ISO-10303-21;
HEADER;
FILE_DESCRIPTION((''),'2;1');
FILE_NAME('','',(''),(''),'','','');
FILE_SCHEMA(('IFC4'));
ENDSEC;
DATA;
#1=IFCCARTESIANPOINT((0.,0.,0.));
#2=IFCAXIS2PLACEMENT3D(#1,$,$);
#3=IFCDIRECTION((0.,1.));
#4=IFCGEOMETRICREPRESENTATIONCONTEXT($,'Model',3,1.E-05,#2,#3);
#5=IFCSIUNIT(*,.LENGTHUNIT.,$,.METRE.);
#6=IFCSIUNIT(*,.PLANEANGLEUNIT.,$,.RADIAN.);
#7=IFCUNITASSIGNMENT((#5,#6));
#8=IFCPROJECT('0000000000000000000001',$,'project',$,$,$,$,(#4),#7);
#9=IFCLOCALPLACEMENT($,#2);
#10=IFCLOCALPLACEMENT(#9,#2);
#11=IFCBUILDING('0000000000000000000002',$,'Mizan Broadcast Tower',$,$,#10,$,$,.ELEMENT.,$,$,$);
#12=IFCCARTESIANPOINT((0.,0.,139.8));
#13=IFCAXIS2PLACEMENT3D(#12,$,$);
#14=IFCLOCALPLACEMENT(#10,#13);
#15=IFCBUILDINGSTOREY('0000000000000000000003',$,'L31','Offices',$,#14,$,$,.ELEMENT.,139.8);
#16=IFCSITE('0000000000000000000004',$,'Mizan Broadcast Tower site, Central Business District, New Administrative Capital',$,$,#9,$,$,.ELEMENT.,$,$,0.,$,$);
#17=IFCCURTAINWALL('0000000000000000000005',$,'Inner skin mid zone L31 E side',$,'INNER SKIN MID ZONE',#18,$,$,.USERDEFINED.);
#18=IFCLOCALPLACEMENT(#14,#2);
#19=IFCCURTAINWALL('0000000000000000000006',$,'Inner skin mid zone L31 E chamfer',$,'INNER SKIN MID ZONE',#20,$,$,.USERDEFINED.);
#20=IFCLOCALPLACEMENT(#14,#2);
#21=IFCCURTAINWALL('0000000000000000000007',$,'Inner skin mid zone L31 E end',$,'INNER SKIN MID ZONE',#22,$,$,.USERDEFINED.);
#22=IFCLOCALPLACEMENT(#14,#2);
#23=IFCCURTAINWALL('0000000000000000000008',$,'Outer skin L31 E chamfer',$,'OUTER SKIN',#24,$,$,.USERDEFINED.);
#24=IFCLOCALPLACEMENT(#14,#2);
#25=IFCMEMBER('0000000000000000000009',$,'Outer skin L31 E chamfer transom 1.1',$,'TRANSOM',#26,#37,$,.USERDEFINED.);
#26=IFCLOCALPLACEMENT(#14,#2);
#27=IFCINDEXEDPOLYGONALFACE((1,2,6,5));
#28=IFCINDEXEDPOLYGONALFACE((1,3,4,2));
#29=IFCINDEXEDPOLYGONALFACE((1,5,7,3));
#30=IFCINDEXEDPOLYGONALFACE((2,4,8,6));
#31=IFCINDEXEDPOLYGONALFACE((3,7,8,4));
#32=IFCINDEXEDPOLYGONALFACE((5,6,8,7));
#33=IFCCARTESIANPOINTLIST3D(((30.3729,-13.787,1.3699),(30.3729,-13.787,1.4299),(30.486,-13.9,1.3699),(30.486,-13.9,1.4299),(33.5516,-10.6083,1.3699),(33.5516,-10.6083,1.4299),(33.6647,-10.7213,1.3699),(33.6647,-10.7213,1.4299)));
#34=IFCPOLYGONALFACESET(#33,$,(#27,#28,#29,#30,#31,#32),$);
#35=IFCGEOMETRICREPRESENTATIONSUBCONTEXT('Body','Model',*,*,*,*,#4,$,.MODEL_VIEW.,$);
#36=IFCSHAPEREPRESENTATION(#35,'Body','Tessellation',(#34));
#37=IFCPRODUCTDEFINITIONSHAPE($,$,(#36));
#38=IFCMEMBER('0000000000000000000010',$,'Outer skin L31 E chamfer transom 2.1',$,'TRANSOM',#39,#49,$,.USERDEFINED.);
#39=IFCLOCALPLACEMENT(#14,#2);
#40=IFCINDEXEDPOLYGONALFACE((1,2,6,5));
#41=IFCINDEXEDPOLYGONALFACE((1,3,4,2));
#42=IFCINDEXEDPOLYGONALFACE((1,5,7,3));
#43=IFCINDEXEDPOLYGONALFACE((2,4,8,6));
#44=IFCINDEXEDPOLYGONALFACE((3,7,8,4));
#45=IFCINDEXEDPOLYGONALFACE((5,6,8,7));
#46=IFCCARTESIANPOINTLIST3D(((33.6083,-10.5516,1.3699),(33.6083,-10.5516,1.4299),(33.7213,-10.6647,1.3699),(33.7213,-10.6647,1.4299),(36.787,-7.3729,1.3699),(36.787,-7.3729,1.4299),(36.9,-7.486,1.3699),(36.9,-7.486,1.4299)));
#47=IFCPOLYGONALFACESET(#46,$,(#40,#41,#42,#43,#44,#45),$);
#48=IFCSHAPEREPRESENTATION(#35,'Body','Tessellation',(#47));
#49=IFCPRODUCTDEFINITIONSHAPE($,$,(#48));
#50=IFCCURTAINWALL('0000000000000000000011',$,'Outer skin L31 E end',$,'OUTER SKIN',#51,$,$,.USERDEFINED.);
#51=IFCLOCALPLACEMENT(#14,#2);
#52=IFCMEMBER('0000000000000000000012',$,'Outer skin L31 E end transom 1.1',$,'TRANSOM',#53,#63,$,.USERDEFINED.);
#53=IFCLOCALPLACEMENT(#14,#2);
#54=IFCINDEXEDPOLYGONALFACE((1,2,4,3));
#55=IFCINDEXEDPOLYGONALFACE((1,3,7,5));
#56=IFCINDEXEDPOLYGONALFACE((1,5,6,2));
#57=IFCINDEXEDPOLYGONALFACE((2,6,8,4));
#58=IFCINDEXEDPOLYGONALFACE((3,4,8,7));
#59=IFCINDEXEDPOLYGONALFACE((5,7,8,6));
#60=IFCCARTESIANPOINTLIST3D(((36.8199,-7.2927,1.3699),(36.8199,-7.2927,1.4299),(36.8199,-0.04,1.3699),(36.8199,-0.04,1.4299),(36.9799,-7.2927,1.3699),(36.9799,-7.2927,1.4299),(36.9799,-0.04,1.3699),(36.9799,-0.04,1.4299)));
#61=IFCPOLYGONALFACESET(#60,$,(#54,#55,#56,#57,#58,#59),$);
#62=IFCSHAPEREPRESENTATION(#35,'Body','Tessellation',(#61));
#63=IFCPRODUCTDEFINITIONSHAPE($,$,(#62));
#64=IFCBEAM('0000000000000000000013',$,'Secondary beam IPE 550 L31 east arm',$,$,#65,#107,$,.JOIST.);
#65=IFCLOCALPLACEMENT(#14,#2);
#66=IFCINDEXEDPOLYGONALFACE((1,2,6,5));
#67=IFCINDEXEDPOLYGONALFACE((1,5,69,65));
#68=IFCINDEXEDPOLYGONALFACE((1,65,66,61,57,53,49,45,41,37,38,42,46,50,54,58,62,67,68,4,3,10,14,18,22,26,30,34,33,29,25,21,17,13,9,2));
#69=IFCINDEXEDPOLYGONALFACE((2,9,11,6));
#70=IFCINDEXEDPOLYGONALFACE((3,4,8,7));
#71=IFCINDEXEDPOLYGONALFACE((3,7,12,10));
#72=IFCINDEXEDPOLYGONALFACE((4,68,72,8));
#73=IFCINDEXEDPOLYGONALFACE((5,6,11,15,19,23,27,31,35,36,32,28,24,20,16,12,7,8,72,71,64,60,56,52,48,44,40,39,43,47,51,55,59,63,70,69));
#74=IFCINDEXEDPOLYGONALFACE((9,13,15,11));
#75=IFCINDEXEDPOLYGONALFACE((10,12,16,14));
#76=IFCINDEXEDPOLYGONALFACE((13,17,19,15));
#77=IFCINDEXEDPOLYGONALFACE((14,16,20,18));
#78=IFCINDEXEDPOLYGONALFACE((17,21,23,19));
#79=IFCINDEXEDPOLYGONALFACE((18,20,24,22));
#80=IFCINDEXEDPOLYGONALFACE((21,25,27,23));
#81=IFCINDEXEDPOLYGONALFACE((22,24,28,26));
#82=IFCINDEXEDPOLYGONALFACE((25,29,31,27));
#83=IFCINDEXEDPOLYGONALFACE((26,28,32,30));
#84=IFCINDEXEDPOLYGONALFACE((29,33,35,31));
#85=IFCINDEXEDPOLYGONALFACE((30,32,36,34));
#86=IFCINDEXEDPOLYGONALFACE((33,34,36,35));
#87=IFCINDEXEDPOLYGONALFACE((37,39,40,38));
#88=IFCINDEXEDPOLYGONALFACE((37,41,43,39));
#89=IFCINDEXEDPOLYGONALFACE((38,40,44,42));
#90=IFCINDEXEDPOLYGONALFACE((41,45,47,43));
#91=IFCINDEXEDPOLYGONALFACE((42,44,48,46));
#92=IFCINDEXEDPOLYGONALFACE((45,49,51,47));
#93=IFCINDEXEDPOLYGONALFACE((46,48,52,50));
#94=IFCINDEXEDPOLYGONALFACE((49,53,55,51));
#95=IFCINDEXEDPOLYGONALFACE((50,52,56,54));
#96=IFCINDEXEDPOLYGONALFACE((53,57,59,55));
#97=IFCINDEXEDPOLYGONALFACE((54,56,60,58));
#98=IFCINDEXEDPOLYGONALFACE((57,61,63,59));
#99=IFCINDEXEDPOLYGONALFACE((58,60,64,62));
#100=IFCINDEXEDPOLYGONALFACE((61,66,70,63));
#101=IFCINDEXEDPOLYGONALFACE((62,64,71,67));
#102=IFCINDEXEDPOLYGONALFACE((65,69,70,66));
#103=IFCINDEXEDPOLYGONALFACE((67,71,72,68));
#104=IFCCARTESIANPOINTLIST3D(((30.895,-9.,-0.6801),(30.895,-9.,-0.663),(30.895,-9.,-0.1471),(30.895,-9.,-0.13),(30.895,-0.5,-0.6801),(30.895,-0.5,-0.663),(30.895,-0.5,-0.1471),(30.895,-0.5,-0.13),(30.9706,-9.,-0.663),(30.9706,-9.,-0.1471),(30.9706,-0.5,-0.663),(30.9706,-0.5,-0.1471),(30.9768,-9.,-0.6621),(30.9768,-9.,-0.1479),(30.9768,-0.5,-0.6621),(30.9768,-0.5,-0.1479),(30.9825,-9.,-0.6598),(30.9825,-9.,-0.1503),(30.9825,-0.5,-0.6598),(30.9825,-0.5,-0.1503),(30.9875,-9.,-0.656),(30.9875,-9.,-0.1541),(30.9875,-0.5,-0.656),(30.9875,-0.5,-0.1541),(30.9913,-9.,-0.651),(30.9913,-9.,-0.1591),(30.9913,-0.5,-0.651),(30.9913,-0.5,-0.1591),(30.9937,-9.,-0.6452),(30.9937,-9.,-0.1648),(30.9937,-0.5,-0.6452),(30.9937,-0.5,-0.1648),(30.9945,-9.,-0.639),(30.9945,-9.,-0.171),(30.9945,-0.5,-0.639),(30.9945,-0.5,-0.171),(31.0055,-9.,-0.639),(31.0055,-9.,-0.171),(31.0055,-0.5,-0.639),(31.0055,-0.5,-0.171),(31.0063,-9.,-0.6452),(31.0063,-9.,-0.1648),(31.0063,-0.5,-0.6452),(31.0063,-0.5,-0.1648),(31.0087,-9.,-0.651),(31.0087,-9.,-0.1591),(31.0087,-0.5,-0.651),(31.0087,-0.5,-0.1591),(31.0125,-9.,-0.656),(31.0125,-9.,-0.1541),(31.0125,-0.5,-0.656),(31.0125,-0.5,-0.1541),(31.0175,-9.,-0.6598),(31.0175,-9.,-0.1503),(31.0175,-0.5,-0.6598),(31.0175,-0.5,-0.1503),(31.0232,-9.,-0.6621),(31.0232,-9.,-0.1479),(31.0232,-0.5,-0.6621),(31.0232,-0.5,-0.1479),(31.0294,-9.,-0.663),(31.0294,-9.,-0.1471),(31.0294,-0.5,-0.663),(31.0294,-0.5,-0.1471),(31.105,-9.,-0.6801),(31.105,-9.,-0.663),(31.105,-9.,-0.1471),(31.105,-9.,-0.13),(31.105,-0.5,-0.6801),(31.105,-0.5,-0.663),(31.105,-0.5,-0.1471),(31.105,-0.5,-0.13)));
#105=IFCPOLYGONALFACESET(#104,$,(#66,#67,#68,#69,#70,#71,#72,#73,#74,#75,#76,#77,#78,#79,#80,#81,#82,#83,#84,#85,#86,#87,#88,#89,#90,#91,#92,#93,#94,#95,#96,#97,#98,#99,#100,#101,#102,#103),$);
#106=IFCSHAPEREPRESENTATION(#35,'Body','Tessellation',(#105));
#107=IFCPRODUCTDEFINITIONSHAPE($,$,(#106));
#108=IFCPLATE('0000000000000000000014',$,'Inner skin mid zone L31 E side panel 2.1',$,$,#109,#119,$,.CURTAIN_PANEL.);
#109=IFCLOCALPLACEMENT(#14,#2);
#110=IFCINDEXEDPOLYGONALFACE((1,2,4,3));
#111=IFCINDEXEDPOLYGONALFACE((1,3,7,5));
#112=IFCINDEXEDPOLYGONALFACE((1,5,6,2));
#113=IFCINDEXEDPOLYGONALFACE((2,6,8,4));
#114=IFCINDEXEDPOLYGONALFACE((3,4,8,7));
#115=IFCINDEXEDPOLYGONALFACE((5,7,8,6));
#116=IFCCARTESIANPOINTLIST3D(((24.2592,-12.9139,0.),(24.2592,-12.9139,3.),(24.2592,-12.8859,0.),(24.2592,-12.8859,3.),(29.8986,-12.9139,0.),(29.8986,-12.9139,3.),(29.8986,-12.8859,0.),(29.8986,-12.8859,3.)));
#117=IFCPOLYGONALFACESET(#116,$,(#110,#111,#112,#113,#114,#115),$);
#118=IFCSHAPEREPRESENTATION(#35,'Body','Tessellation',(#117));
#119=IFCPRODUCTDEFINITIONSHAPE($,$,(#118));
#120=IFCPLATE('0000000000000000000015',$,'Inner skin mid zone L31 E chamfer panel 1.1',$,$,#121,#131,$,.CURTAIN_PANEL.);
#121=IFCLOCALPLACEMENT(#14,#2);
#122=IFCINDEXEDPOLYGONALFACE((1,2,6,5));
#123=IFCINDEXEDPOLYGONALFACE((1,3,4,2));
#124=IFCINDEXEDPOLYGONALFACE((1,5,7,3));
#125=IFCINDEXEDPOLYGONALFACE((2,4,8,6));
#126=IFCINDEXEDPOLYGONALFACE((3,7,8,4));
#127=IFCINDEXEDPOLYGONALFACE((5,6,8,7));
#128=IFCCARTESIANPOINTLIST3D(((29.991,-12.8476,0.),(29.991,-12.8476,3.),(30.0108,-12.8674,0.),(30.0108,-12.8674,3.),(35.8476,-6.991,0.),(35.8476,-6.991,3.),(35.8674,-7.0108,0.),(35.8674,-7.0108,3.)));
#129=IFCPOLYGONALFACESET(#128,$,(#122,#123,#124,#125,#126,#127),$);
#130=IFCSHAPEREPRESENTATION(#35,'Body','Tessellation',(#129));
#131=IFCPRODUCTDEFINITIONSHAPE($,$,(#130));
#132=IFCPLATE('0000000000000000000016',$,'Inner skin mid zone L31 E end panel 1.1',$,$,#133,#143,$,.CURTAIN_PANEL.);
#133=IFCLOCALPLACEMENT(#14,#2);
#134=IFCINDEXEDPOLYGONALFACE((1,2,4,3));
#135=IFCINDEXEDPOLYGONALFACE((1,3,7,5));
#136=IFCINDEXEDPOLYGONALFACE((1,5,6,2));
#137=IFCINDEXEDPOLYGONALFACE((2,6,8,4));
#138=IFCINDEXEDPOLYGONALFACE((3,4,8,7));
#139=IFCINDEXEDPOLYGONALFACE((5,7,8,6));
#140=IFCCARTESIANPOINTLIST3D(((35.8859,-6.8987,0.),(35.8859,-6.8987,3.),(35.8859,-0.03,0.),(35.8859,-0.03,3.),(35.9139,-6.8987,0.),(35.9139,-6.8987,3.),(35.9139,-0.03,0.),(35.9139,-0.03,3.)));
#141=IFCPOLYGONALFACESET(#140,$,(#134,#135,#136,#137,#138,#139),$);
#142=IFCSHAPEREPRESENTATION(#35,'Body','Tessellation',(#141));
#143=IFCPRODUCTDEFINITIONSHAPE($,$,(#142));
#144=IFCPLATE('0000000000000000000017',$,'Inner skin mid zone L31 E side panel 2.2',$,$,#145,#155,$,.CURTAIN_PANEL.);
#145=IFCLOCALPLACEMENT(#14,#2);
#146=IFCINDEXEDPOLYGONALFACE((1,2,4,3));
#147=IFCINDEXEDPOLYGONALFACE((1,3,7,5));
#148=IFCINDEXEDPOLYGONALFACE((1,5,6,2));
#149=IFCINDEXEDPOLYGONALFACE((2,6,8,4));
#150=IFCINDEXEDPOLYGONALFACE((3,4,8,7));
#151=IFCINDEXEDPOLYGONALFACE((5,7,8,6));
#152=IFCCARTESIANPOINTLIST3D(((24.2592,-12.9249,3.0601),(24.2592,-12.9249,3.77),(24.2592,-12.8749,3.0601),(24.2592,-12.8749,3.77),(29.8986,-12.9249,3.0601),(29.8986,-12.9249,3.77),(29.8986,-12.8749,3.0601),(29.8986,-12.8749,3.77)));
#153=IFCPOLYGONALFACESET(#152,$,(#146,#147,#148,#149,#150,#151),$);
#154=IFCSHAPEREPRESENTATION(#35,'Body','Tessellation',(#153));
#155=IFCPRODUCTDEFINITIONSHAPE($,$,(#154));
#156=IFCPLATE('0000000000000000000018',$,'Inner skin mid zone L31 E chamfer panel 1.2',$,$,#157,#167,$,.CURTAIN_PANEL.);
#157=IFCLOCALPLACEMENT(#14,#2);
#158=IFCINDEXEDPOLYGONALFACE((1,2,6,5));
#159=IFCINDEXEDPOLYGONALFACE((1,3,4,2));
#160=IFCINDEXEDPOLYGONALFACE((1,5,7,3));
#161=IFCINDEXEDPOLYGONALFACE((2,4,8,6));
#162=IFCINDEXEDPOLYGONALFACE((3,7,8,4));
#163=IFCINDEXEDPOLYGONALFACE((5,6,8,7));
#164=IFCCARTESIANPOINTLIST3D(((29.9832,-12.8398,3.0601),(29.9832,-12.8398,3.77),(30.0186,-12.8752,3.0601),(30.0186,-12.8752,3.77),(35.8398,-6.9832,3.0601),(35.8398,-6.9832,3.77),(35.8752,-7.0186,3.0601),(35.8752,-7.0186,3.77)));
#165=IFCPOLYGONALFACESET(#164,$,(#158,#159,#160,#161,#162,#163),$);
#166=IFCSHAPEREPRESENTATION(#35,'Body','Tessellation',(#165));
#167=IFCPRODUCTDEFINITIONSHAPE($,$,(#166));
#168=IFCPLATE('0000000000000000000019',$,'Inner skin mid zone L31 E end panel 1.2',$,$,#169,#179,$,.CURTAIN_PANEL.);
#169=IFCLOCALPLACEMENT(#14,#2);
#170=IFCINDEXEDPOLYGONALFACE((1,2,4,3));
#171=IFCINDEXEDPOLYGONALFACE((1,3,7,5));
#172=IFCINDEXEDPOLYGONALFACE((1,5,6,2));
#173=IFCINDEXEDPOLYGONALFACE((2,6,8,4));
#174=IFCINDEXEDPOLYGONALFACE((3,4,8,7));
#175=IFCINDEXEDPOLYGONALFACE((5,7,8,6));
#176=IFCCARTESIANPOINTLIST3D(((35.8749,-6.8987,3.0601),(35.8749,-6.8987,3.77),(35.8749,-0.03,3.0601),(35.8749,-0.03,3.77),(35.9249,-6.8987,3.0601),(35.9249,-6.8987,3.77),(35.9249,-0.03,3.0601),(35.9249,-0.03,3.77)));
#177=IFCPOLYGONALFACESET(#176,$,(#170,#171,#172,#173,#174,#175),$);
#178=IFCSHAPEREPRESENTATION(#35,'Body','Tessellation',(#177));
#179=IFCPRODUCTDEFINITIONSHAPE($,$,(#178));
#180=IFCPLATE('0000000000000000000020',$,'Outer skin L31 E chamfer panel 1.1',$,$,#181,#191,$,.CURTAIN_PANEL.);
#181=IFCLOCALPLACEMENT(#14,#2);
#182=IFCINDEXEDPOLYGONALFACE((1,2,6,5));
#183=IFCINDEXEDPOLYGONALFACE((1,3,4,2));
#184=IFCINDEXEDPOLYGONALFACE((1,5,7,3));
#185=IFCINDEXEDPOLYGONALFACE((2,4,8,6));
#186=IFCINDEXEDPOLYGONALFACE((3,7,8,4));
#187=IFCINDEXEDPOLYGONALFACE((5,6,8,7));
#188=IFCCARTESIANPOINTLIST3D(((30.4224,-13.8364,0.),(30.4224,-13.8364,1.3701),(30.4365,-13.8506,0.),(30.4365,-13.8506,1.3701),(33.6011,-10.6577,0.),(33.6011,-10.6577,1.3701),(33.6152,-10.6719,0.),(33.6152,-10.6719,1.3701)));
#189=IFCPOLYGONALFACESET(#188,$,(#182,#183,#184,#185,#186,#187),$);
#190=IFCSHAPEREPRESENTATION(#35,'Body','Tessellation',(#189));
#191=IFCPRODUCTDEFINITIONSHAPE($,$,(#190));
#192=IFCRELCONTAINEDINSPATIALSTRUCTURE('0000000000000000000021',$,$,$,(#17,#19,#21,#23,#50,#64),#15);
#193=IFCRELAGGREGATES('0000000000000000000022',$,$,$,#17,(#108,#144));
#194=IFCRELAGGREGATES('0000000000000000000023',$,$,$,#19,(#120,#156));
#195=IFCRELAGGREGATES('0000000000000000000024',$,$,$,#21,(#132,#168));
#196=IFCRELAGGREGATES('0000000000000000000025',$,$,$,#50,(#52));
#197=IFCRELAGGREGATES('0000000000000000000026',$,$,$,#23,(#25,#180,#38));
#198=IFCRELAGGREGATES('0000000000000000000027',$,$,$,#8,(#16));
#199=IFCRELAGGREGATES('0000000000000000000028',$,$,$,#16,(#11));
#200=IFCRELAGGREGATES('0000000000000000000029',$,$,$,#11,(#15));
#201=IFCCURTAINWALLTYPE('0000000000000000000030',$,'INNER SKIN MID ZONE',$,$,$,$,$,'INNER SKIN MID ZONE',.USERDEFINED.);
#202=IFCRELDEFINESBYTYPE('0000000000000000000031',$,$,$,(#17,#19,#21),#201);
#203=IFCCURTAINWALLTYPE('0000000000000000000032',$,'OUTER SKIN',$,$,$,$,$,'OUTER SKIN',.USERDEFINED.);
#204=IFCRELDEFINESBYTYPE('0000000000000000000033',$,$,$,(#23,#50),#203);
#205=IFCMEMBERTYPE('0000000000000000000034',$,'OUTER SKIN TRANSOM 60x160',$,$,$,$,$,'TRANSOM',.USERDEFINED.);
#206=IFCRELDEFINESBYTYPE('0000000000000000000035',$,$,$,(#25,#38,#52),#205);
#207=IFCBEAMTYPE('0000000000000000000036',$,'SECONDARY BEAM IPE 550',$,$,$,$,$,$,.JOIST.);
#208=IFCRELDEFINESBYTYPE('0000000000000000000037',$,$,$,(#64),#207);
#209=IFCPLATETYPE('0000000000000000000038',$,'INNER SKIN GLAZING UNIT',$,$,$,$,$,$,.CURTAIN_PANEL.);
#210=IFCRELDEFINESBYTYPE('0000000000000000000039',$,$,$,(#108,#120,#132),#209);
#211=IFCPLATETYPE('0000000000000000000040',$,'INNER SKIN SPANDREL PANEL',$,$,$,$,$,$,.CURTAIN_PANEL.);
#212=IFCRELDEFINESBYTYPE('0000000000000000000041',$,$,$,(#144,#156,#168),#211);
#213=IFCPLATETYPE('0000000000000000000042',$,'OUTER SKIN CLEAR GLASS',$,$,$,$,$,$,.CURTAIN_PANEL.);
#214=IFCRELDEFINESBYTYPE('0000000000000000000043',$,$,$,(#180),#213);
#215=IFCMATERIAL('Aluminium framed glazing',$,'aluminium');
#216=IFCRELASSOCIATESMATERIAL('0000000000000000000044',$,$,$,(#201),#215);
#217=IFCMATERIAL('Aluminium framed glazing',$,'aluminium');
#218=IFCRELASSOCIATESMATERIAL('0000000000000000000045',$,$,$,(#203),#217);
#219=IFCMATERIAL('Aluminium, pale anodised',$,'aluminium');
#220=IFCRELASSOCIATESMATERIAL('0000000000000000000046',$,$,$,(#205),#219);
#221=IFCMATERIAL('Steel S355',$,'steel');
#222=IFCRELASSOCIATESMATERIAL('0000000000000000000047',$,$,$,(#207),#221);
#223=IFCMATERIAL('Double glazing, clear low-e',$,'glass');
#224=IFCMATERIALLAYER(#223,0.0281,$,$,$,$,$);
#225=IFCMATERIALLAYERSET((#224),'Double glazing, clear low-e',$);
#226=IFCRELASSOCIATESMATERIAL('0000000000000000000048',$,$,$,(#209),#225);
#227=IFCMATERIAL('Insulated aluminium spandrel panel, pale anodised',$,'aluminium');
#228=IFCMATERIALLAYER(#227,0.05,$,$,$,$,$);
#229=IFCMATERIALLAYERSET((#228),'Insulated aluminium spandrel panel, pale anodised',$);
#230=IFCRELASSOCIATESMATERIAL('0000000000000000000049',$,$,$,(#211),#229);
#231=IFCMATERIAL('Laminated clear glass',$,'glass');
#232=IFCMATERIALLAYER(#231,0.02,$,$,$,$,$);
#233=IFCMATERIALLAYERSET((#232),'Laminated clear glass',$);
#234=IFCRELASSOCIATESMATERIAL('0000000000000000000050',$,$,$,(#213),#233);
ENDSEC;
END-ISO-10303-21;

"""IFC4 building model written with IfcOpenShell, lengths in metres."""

from ifc_helpers import new_model, si_unit, direction, frame, origin, origin_2d, place, context, subcontext, project, spatial, rectangle, i_section, extrude, material, layer, layer_set, material_profile, profile_set, type_object, element, aggregate, save


model = new_model("IFC4")

# Units and contexts
model_context = context("Model", 3, precision=1e-05, world=origin(), true_north=direction((0.0, 1.0)))
body_context = subcontext(model_context, "Body", "Model", "MODEL_VIEW")
ifc_project = project(units=[si_unit("LENGTHUNIT", "METRE"), si_unit("PLANEANGLEUNIT", "RADIAN")], contexts=[model_context])

# Site, building, storey
site_placement = place(None, origin())
site = spatial("IfcSite", under=ifc_project, at=site_placement, Name="Mizan Broadcast Tower site, Central Business District, New Administrative Capital", CompositionType="ELEMENT", RefElevation=0.0)
building_placement = place(site_placement, origin())
building = spatial("IfcBuilding", under=site, at=building_placement, Name="Mizan Broadcast Tower", CompositionType="ELEMENT")
storey_placement = place(building_placement, frame((0.0, 0.0, 139.8)))
storey = spatial("IfcBuildingStorey", under=building, at=storey_placement, Name="L31", Description="Offices", CompositionType="ELEMENT", Elevation=139.8)

# Curtain wall
ifc_material_1 = material(Name="Aluminium framed glazing", Category="aluminium")
curtain_wall_type_1 = type_object("IfcCurtainWallType", Name="INNER SKIN MID ZONE", ElementType="INNER SKIN MID ZONE", PredefinedType="USERDEFINED", material=ifc_material_1)
curtain_wall_1_placement = place(storey_placement, origin())
curtain_wall_1 = element("IfcCurtainWall", 1, at=curtain_wall_1_placement, inside=storey, type_object=curtain_wall_type_1, Name="Inner skin mid zone L31 E side", ObjectType="INNER SKIN MID ZONE", PredefinedType="USERDEFINED")

# Curtain wall
curtain_wall_2_placement = place(storey_placement, origin())
curtain_wall_2 = element("IfcCurtainWall", 2, at=curtain_wall_2_placement, inside=storey, type_object=curtain_wall_type_1, Name="Inner skin mid zone L31 E chamfer", ObjectType="INNER SKIN MID ZONE", PredefinedType="USERDEFINED")

# Curtain wall
curtain_wall_3_placement = place(storey_placement, origin())
curtain_wall_3 = element("IfcCurtainWall", 3, at=curtain_wall_3_placement, inside=storey, type_object=curtain_wall_type_1, Name="Inner skin mid zone L31 E end", ObjectType="INNER SKIN MID ZONE", PredefinedType="USERDEFINED")

# Curtain wall
ifc_material_2 = material(Name="Aluminium framed glazing", Category="aluminium")
curtain_wall_type_2 = type_object("IfcCurtainWallType", Name="OUTER SKIN", ElementType="OUTER SKIN", PredefinedType="USERDEFINED", material=ifc_material_2)
curtain_wall_4_placement = place(storey_placement, origin())
curtain_wall_4 = element("IfcCurtainWall", 4, at=curtain_wall_4_placement, inside=storey, type_object=curtain_wall_type_2, Name="Outer skin L31 E chamfer", ObjectType="OUTER SKIN", PredefinedType="USERDEFINED")

# Members
ifc_material_3 = material(Name="Aluminium, pale anodised", Category="aluminium")
ifc_material_profile_1 = material_profile(ifc_material_3, rectangle(XDim=0.1599, YDim=0.0601, at=origin_2d()), Name="TRANSOM 160x60")
ifc_profile_set_1 = profile_set([ifc_material_profile_1], Name="Aluminium, pale anodised")
member_type_1 = type_object("IfcMemberType", Name="OUTER SKIN TRANSOM 60x160", ElementType="TRANSOM", PredefinedType="USERDEFINED", material=ifc_profile_set_1)
member_1_placement = place(storey_placement, frame((30.4294, -13.8435, 1.3999), z_axis=(0.707107, 0.707107, 0.0), x_axis=(-0.707107, 0.707107, 0.0)))
member_1 = element("IfcMember", 5, at=member_1_placement, type_object=member_type_1, Name="Outer skin L31 E chamfer transom 1.1", ObjectType="TRANSOM", PredefinedType="USERDEFINED", context=body_context, shape_type="SweptSolid", body=[
    extrude(rectangle(XDim=0.1599, YDim=0.0601, at=origin_2d()), origin(), (0.0, 0.0, 1.0), 4.4954),
])
member_2_placement = place(storey_placement, frame((33.6648, -10.6082, 1.3999), z_axis=(0.707107, 0.707107, 0.0), x_axis=(-0.707107, 0.707107, 0.0)))
member_2 = element("IfcMember", 6, at=member_2_placement, type_object=member_type_1, Name="Outer skin L31 E chamfer transom 2.1", ObjectType="TRANSOM", PredefinedType="USERDEFINED", context=body_context, shape_type="SweptSolid", body=[
    extrude(rectangle(XDim=0.1599, YDim=0.0601, at=origin_2d()), origin(), (0.0, 0.0, 1.0), 4.4954),
])

# Curtain wall, member
curtain_wall_5_placement = place(storey_placement, origin())
curtain_wall_5 = element("IfcCurtainWall", 7, at=curtain_wall_5_placement, inside=storey, type_object=curtain_wall_type_2, Name="Outer skin L31 E end", ObjectType="OUTER SKIN", PredefinedType="USERDEFINED")
member_3_placement = place(storey_placement, frame((36.8999, -7.2927, 1.3999), z_axis=(0.0, 1.0, 0.0), x_axis=(-1.0, 0.0, 0.0)))
member_3 = element("IfcMember", 8, at=member_3_placement, type_object=member_type_1, Name="Outer skin L31 E end transom 1.1", ObjectType="TRANSOM", PredefinedType="USERDEFINED", context=body_context, shape_type="SweptSolid", body=[
    extrude(rectangle(XDim=0.1599, YDim=0.0601, at=origin_2d()), origin(), (0.0, 0.0, 1.0), 7.2527),
])

# Beam
ifc_material_4 = material(Name="Steel S355", Category="steel")
ifc_material_profile_2 = material_profile(ifc_material_4, i_section(OverallWidth=0.21, OverallDepth=0.55, WebThickness=0.011, FlangeThickness=0.0171, FilletRadius=0.0239, at=origin_2d()), Name="IPE 550")
ifc_profile_set_2 = profile_set([ifc_material_profile_2], Name="Steel S355")
beam_type_1 = type_object("IfcBeamType", Name="SECONDARY BEAM IPE 550", PredefinedType="JOIST", material=ifc_profile_set_2)
beam_1_placement = place(storey_placement, frame((31.0, -9.0, -0.405), z_axis=(0.0, 1.0, 0.0), x_axis=(-1.0, 0.0, 0.0)))
element("IfcBeam", 9, at=beam_1_placement, inside=storey, type_object=beam_type_1, Name="Secondary beam IPE 550 L31 east arm", PredefinedType="JOIST", context=body_context, shape_type="SweptSolid", body=[
    extrude(i_section(OverallWidth=0.21, OverallDepth=0.55, WebThickness=0.011, FlangeThickness=0.0171, FilletRadius=0.0239, at=origin_2d()), origin(), (0.0, 0.0, 1.0), 8.5),
])

# Plates
ifc_material_5 = material(Name="Double glazing, clear low-e", Category="glass")
ifc_layer_1 = layer(ifc_material_5, 0.0281)
ifc_layer_set_1 = layer_set([ifc_layer_1], Name="Double glazing, clear low-e")
plate_type_1 = type_object("IfcPlateType", Name="INNER SKIN GLAZING UNIT", PredefinedType="CURTAIN_PANEL", material=ifc_layer_set_1)
plate_1_placement = place(storey_placement, frame((27.0789, -12.8999, 0.0), z_axis=(0.0, 0.0, 1.0), x_axis=(1.0, 0.0, 0.0)))
plate_1 = element("IfcPlate", 10, at=plate_1_placement, type_object=plate_type_1, Name="Inner skin mid zone L31 E side panel 2.1", PredefinedType="CURTAIN_PANEL", context=body_context, shape_type="SweptSolid", body=[
    extrude(rectangle(XDim=5.6394, YDim=0.0281, at=origin_2d()), origin(), (0.0, 0.0, 1.0), 3.0),
])
plate_2_placement = place(storey_placement, frame((32.9292, -9.9292, 0.0), z_axis=(0.0, 0.0, 1.0), x_axis=(0.707107, 0.707107, 0.0)))
plate_2 = element("IfcPlate", 11, at=plate_2_placement, type_object=plate_type_1, Name="Inner skin mid zone L31 E chamfer panel 1.1", PredefinedType="CURTAIN_PANEL", context=body_context, shape_type="SweptSolid", body=[
    extrude(rectangle(XDim=8.2825, YDim=0.0281, at=origin_2d()), origin(), (0.0, 0.0, 1.0), 3.0),
])
plate_3_placement = place(storey_placement, frame((35.8999, -3.4644, 0.0), z_axis=(0.0, 0.0, 1.0), x_axis=(0.0, 1.0, 0.0)))
plate_3 = element("IfcPlate", 12, at=plate_3_placement, type_object=plate_type_1, Name="Inner skin mid zone L31 E end panel 1.1", PredefinedType="CURTAIN_PANEL", context=body_context, shape_type="SweptSolid", body=[
    extrude(rectangle(XDim=6.8687, YDim=0.0281, at=origin_2d()), origin(), (0.0, 0.0, 1.0), 3.0),
])
ifc_material_6 = material(Name="Insulated aluminium spandrel panel, pale anodised", Category="aluminium")
ifc_layer_2 = layer(ifc_material_6, 0.05)
ifc_layer_set_2 = layer_set([ifc_layer_2], Name="Insulated aluminium spandrel panel, pale anodised")
plate_type_2 = type_object("IfcPlateType", Name="INNER SKIN SPANDREL PANEL", PredefinedType="CURTAIN_PANEL", material=ifc_layer_set_2)
plate_4_placement = place(storey_placement, frame((27.0789, -12.8999, 3.0601), z_axis=(0.0, 0.0, 1.0), x_axis=(1.0, 0.0, 0.0)))
plate_4 = element("IfcPlate", 13, at=plate_4_placement, type_object=plate_type_2, Name="Inner skin mid zone L31 E side panel 2.2", PredefinedType="CURTAIN_PANEL", context=body_context, shape_type="SweptSolid", body=[
    extrude(rectangle(XDim=5.6394, YDim=0.05, at=origin_2d()), origin(), (0.0, 0.0, 1.0), 0.71),
])
aggregate(curtain_wall_1, [plate_1, plate_4])
plate_5_placement = place(storey_placement, frame((32.9292, -9.9292, 3.0601), z_axis=(0.0, 0.0, 1.0), x_axis=(0.707107, 0.707107, 0.0)))
plate_5 = element("IfcPlate", 14, at=plate_5_placement, type_object=plate_type_2, Name="Inner skin mid zone L31 E chamfer panel 1.2", PredefinedType="CURTAIN_PANEL", context=body_context, shape_type="SweptSolid", body=[
    extrude(rectangle(XDim=8.2825, YDim=0.05, at=origin_2d()), origin(), (0.0, 0.0, 1.0), 0.71),
])
aggregate(curtain_wall_2, [plate_2, plate_5])
plate_6_placement = place(storey_placement, frame((35.8999, -3.4644, 3.0601), z_axis=(0.0, 0.0, 1.0), x_axis=(0.0, 1.0, 0.0)))
plate_6 = element("IfcPlate", 15, at=plate_6_placement, type_object=plate_type_2, Name="Inner skin mid zone L31 E end panel 1.2", PredefinedType="CURTAIN_PANEL", context=body_context, shape_type="SweptSolid", body=[
    extrude(rectangle(XDim=6.8687, YDim=0.05, at=origin_2d()), origin(), (0.0, 0.0, 1.0), 0.71),
])
aggregate(curtain_wall_3, [plate_3, plate_6])
ifc_material_7 = material(Name="Laminated clear glass", Category="glass")
ifc_layer_3 = layer(ifc_material_7, 0.02)
ifc_layer_set_3 = layer_set([ifc_layer_3], Name="Laminated clear glass")
plate_type_3 = type_object("IfcPlateType", Name="OUTER SKIN CLEAR GLASS", PredefinedType="CURTAIN_PANEL", material=ifc_layer_set_3)
plate_7_placement = place(storey_placement, frame((32.0188, -12.2542, 0.0), z_axis=(0.0, 0.0, 1.0), x_axis=(0.707107, 0.707107, 0.0)))
plate_7 = element("IfcPlate", 16, at=plate_7_placement, type_object=plate_type_3, Name="Outer skin L31 E chamfer panel 1.1", PredefinedType="CURTAIN_PANEL", context=body_context, shape_type="SweptSolid", body=[
    extrude(rectangle(XDim=4.4954, YDim=0.02, at=origin_2d()), origin(), (0.0, 0.0, 1.0), 1.3701),
])
aggregate(curtain_wall_5, [member_3])
aggregate(curtain_wall_4, [member_1, plate_7, member_2])

save(model, "model.ifc")
